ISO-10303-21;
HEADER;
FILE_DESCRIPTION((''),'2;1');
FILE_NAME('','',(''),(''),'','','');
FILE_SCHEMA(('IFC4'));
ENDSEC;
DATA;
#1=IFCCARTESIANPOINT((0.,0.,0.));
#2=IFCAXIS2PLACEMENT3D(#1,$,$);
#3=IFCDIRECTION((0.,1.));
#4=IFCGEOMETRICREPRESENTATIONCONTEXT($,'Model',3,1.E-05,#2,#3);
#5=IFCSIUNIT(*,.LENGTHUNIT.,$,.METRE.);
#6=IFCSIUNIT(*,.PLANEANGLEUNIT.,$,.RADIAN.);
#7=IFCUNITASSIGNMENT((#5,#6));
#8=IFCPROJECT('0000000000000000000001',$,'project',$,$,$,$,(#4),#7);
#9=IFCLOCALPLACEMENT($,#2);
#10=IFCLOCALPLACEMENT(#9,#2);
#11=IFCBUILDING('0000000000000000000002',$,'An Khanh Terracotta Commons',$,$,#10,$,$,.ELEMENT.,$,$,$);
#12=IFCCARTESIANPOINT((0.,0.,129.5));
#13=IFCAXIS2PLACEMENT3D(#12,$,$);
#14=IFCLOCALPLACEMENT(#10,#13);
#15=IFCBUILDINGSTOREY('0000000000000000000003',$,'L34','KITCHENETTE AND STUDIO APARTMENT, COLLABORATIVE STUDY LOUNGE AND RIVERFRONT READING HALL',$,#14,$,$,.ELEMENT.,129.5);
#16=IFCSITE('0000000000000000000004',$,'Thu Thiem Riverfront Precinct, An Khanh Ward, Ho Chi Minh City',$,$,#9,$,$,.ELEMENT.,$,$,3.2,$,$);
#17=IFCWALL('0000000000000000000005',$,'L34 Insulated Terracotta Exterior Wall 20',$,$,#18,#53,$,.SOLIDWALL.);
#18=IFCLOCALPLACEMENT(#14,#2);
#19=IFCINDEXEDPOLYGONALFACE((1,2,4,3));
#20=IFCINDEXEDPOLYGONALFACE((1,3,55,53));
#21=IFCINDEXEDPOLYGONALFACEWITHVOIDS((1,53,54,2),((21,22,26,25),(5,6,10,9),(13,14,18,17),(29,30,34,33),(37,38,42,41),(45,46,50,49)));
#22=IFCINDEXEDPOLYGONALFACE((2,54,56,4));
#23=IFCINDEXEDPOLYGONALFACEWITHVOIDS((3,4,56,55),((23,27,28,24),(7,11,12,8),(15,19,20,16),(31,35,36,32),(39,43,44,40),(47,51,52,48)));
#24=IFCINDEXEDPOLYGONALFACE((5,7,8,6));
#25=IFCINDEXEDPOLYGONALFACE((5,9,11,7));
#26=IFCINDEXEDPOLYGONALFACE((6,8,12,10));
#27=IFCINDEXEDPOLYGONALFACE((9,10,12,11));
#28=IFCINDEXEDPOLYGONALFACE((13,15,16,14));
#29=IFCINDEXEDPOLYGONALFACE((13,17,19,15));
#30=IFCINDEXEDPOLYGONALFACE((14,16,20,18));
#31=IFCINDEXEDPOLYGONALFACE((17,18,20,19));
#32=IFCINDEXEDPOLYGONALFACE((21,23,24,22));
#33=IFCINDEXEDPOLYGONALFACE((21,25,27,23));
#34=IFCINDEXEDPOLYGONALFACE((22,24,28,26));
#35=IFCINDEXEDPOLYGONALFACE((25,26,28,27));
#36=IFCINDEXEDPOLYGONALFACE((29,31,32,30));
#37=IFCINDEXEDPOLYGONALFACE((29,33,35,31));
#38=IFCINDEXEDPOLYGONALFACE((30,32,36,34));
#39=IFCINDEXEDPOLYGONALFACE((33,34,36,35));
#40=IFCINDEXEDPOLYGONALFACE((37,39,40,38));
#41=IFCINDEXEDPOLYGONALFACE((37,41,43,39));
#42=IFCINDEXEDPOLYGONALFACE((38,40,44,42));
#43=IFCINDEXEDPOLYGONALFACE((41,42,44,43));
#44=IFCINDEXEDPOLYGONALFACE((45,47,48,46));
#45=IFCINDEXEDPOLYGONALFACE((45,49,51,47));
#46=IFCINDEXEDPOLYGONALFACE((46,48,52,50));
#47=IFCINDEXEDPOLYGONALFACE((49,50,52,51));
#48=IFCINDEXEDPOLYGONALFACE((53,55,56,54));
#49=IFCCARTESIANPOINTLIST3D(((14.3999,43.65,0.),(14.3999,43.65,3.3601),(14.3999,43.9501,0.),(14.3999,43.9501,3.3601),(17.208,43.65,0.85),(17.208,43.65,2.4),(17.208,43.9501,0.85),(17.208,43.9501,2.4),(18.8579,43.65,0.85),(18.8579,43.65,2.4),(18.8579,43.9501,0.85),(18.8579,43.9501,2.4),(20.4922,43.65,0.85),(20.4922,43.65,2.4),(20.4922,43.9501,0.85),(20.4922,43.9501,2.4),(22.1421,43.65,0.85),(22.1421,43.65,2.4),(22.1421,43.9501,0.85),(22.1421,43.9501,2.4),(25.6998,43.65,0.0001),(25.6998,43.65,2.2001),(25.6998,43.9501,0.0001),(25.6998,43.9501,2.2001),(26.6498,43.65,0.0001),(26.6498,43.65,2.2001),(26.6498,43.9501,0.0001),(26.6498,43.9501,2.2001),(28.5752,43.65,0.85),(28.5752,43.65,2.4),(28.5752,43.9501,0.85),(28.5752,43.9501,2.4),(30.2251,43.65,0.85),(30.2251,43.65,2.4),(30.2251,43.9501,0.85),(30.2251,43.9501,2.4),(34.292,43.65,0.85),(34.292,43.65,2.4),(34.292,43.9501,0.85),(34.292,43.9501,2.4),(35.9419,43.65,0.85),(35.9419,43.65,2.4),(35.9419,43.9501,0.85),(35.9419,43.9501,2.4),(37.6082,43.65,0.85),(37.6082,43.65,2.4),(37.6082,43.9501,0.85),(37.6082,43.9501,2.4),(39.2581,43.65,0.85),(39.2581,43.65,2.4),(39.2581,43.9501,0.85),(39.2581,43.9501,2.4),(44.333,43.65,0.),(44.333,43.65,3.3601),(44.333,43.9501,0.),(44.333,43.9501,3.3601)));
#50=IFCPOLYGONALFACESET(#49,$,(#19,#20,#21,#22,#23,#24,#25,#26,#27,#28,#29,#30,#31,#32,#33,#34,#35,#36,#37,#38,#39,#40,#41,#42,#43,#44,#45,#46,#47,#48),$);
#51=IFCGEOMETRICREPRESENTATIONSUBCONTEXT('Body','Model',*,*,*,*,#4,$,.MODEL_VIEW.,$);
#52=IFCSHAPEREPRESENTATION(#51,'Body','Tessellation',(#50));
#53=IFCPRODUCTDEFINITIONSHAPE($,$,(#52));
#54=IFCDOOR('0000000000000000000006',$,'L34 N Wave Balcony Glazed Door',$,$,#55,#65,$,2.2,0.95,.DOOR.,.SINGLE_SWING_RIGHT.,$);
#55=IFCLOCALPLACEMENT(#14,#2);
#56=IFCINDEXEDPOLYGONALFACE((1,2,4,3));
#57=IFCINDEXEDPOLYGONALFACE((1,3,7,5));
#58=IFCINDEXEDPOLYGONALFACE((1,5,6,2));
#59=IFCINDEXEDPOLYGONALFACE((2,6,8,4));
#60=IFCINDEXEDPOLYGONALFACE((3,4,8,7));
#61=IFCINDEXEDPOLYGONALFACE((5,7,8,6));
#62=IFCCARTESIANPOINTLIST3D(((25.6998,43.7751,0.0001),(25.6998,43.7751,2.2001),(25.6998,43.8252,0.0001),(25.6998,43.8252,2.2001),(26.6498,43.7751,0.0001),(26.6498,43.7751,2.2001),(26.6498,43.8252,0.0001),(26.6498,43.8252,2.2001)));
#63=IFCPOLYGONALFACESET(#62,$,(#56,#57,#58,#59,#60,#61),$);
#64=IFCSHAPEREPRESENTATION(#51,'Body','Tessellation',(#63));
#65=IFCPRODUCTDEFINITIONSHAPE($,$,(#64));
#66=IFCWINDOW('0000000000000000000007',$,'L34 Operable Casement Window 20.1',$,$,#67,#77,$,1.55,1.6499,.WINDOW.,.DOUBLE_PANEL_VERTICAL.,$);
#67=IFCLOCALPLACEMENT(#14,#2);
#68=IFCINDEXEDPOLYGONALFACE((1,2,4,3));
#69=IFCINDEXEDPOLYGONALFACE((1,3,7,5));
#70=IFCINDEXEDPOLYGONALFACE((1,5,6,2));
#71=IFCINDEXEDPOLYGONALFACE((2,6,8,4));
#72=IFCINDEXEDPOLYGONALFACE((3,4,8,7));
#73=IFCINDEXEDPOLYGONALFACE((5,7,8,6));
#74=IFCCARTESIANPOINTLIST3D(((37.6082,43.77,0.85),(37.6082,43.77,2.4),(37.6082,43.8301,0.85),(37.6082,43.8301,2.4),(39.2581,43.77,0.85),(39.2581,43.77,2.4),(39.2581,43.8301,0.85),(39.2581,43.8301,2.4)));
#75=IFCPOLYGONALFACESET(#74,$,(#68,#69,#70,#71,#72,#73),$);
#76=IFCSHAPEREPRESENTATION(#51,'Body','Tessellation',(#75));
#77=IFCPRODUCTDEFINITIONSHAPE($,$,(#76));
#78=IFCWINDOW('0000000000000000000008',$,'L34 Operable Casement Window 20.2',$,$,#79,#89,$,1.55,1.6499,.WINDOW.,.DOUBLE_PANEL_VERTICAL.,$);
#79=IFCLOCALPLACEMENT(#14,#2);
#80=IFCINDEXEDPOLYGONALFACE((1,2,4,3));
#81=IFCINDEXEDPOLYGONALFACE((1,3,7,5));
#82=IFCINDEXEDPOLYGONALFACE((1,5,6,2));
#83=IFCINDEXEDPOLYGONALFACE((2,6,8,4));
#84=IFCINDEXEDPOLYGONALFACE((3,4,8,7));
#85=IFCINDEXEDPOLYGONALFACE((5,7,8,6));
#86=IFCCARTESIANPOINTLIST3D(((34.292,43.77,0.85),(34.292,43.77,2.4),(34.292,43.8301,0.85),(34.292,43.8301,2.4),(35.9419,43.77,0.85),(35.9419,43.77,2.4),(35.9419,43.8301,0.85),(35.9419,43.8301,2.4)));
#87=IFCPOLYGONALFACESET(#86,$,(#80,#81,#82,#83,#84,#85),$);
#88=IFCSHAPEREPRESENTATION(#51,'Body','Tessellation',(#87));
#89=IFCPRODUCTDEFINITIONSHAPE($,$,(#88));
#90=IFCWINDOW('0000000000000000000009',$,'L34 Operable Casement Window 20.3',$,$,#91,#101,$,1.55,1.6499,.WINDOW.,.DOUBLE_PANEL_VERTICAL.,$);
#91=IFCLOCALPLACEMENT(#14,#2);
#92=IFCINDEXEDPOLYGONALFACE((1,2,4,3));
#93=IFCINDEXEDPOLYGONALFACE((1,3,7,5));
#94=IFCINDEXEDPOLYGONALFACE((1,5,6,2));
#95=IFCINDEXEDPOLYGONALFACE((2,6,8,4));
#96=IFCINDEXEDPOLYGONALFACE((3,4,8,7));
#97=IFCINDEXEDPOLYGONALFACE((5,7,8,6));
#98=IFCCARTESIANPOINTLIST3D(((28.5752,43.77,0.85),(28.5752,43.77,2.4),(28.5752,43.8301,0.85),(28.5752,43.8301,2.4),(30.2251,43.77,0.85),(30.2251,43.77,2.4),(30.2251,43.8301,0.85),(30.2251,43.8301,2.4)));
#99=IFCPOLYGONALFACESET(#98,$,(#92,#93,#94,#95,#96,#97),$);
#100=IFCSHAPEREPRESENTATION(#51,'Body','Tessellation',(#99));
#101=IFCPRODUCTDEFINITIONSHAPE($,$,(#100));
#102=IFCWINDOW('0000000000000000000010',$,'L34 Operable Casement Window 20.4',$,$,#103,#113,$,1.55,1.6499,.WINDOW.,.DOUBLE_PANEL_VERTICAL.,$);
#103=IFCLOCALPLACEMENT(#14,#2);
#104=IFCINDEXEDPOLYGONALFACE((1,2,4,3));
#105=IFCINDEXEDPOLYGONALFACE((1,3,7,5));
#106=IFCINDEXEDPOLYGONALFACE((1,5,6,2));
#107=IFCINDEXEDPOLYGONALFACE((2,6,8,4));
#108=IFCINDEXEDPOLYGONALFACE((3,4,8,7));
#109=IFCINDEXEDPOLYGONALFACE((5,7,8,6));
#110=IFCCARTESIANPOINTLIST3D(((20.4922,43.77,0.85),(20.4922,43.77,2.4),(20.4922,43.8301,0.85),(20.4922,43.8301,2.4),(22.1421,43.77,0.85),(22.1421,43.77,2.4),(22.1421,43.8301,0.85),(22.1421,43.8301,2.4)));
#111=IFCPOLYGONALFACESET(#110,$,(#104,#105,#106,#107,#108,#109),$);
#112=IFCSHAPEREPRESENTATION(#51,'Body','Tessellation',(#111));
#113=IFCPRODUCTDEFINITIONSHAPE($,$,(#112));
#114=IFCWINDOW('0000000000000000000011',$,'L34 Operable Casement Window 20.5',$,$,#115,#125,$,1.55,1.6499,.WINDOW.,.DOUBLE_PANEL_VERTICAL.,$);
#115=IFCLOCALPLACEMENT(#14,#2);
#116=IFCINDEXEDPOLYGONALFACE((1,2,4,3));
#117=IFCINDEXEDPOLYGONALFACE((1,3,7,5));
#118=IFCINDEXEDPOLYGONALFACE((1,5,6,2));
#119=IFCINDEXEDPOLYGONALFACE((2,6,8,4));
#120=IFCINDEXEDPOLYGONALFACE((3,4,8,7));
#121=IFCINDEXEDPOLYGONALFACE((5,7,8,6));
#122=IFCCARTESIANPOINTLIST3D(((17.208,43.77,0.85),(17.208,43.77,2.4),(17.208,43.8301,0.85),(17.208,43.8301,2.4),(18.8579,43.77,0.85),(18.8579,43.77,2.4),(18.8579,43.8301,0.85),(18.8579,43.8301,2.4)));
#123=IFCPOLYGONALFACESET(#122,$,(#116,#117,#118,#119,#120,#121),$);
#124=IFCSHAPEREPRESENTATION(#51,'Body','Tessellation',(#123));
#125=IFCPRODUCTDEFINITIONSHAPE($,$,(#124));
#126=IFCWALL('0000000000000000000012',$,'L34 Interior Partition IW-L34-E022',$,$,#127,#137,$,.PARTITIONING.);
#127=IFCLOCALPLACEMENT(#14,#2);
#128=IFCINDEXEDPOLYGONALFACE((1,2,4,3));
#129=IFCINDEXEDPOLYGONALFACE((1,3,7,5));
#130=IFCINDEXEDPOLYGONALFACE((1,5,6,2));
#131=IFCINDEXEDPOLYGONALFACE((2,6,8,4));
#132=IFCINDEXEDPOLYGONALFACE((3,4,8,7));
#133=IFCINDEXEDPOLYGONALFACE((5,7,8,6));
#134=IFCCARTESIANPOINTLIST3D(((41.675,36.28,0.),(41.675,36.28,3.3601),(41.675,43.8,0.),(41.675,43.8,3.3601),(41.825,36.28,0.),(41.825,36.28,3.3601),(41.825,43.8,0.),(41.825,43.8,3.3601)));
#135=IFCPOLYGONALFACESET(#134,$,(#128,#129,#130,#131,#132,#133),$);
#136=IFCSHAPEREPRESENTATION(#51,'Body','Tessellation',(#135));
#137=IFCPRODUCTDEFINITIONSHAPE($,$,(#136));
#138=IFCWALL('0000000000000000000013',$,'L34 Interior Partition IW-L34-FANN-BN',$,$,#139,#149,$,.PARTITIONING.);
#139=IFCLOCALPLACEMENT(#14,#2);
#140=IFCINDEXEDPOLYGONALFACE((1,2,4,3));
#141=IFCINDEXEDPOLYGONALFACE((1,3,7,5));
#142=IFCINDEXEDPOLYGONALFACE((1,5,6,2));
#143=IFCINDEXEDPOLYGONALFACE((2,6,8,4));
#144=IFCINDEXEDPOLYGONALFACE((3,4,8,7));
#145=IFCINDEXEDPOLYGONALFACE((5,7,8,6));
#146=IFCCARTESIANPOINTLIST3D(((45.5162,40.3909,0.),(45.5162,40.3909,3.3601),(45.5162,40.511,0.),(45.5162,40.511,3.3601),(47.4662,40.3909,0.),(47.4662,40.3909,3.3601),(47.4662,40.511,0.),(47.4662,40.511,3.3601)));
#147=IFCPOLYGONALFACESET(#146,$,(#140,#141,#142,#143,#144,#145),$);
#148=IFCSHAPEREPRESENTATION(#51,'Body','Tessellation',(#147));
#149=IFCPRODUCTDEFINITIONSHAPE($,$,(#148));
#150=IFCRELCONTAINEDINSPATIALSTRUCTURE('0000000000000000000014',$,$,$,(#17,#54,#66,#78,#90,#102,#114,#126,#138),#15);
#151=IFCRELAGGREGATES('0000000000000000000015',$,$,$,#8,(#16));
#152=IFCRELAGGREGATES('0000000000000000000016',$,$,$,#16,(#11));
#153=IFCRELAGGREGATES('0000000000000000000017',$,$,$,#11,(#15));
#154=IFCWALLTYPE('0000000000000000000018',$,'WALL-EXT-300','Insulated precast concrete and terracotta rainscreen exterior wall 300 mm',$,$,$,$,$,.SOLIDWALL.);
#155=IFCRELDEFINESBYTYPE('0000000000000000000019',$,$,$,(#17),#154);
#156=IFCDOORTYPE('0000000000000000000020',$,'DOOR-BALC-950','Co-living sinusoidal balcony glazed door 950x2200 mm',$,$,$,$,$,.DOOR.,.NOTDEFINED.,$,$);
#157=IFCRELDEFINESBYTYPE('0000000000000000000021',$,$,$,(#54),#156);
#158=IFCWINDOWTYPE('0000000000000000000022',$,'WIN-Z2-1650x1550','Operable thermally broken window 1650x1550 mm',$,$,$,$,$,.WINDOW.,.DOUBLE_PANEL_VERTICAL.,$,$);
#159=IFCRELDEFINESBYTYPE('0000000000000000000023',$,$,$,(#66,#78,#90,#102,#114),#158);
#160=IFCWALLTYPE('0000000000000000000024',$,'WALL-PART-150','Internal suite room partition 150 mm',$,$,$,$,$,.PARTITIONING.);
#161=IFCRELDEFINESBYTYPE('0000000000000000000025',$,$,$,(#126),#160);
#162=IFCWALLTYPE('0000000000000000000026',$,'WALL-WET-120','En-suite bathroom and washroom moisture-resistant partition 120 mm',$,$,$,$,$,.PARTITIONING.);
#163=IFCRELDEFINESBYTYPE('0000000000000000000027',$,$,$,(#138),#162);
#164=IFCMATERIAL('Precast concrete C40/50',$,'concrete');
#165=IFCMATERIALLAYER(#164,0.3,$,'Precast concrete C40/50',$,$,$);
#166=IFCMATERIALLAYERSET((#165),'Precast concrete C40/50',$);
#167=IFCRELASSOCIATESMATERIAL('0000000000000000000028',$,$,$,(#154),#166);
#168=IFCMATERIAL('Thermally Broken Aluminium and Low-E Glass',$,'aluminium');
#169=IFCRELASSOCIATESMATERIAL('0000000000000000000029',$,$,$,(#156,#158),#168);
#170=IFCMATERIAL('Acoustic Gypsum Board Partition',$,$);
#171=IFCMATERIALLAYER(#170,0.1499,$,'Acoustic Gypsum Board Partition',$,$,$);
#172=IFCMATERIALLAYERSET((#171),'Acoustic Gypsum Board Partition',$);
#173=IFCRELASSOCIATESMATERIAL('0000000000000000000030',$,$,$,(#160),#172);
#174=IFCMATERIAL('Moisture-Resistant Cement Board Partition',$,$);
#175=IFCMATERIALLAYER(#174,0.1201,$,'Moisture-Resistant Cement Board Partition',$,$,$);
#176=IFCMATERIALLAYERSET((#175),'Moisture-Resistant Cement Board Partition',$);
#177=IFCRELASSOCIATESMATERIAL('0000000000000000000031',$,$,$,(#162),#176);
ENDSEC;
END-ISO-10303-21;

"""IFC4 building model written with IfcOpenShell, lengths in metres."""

from ifc_helpers import new_model, si_unit, direction, frame, frame_2d, origin, place, context, subcontext, project, spatial, rectangle, extrude, material, layer, layer_set, type_object, element, fill, save


model = new_model("IFC4")

# Units and contexts
model_context = context("Model", 3, precision=1e-05, world=origin(), true_north=direction((0.0, 1.0)))
body_context = subcontext(model_context, "Body", "Model", "MODEL_VIEW")
ifc_project = project(units=[si_unit("LENGTHUNIT", "METRE"), si_unit("PLANEANGLEUNIT", "RADIAN")], contexts=[model_context])

# Site, building, storey
site_placement = place(None, origin())
site = spatial("IfcSite", under=ifc_project, at=site_placement, Name="Thu Thiem Riverfront Precinct, An Khanh Ward, Ho Chi Minh City", CompositionType="ELEMENT", RefElevation=3.2)
building_placement = place(site_placement, origin())
building = spatial("IfcBuilding", under=site, at=building_placement, Name="An Khanh Terracotta Commons", CompositionType="ELEMENT")
storey_placement = place(building_placement, frame((0.0, 0.0, 129.5)))
storey = spatial("IfcBuildingStorey", under=building, at=storey_placement, Name="L34", Description="KITCHENETTE AND STUDIO APARTMENT, COLLABORATIVE STUDY LOUNGE AND RIVERFRONT READING HALL", CompositionType="ELEMENT", Elevation=129.5)

# Shared definitions
ifc_material_1 = material(Name="Precast concrete C40/50", Category="concrete")
ifc_layer_1 = layer(ifc_material_1, 0.3, Name="Precast concrete C40/50")
ifc_layer_set_1 = layer_set([ifc_layer_1], Name="Precast concrete C40/50")
wall_type_1 = type_object("IfcWallType", Name="WALL-EXT-300", Description="Insulated precast concrete and terracotta rainscreen exterior wall 300 mm", PredefinedType="SOLIDWALL", material=ifc_layer_set_1)

# Wall, openings, door, windows
wall_1_placement = place(storey_placement, frame((44.333, 43.8, 0.0), z_axis=(0.0, 0.0, 1.0), x_axis=(-1.0, 0.0, 0.0)))
wall_1 = element("IfcWall", 1, at=wall_1_placement, inside=storey, type_object=wall_type_1, Name="L34 Insulated Terracotta Exterior Wall 20", PredefinedType="SOLIDWALL", context=body_context, shape_type="SweptSolid", body=[
    extrude(rectangle(XDim=29.9331, YDim=0.3, at=frame_2d((14.9666, 0.0))), origin(), (0.0, 0.0, 1.0), 3.3601),
])
opening_1_placement = place(wall_1_placement, frame((17.6831, 0.0, 0.0)))
opening_1 = element("IfcOpeningElement", 2, at=opening_1_placement, cuts=wall_1, PredefinedType="OPENING", context=body_context, shape_type="SweptSolid", body=[
    extrude(rectangle(XDim=0.95, YDim=2.2, at=frame_2d((0.4751, 1.1001))), frame((0.0, 0.1599, 0.0), z_axis=(0.0, -1.0, 0.0), x_axis=(1.0, 0.0, 0.0)), (0.0, 0.0, 1.0), 0.3201),
])
opening_2_placement = place(wall_1_placement, frame((5.075, 0.0, 0.8501)))
opening_2 = element("IfcOpeningElement", 3, at=opening_2_placement, cuts=wall_1, PredefinedType="OPENING", context=body_context, shape_type="SweptSolid", body=[
    extrude(rectangle(XDim=1.6499, YDim=1.55, at=frame_2d((0.825, 0.7749))), frame((0.0, 0.1599, 0.0), z_axis=(0.0, -1.0, 0.0), x_axis=(1.0, 0.0, 0.0)), (0.0, 0.0, 1.0), 0.3201),
])
opening_3_placement = place(wall_1_placement, frame((8.3911, 0.0, 0.8501)))
opening_3 = element("IfcOpeningElement", 4, at=opening_3_placement, cuts=wall_1, PredefinedType="OPENING", context=body_context, shape_type="SweptSolid", body=[
    extrude(rectangle(XDim=1.6499, YDim=1.55, at=frame_2d((0.825, 0.7749))), frame((0.0, 0.1599, 0.0), z_axis=(0.0, -1.0, 0.0), x_axis=(1.0, 0.0, 0.0)), (0.0, 0.0, 1.0), 0.3201),
])
opening_4_placement = place(wall_1_placement, frame((14.1079, 0.0, 0.8501)))
opening_4 = element("IfcOpeningElement", 5, at=opening_4_placement, cuts=wall_1, PredefinedType="OPENING", context=body_context, shape_type="SweptSolid", body=[
    extrude(rectangle(XDim=1.6499, YDim=1.55, at=frame_2d((0.825, 0.7749))), frame((0.0, 0.1599, 0.0), z_axis=(0.0, -1.0, 0.0), x_axis=(1.0, 0.0, 0.0)), (0.0, 0.0, 1.0), 0.3201),
])
opening_5_placement = place(wall_1_placement, frame((22.1909, 0.0, 0.8501)))
opening_5 = element("IfcOpeningElement", 6, at=opening_5_placement, cuts=wall_1, PredefinedType="OPENING", context=body_context, shape_type="SweptSolid", body=[
    extrude(rectangle(XDim=1.6499, YDim=1.55, at=frame_2d((0.825, 0.7749))), frame((0.0, 0.1599, 0.0), z_axis=(0.0, -1.0, 0.0), x_axis=(1.0, 0.0, 0.0)), (0.0, 0.0, 1.0), 0.3201),
])
opening_6_placement = place(wall_1_placement, frame((25.4751, 0.0, 0.8501)))
opening_6 = element("IfcOpeningElement", 7, at=opening_6_placement, cuts=wall_1, PredefinedType="OPENING", context=body_context, shape_type="SweptSolid", body=[
    extrude(rectangle(XDim=1.6499, YDim=1.55, at=frame_2d((0.825, 0.7749))), frame((0.0, 0.1599, 0.0), z_axis=(0.0, -1.0, 0.0), x_axis=(1.0, 0.0, 0.0)), (0.0, 0.0, 1.0), 0.3201),
])
ifc_material_2 = material(Name="Thermally Broken Aluminium and Low-E Glass", Category="aluminium")
door_type_1 = type_object("IfcDoorType", Name="DOOR-BALC-950", Description="Co-living sinusoidal balcony glazed door 950x2200 mm", OperationType="NOTDEFINED", PredefinedType="DOOR", material=ifc_material_2)
door_1_placement = place(opening_1_placement, origin())
door_1 = element("IfcDoor", 8, at=door_1_placement, inside=storey, type_object=door_type_1, Name="L34 N Wave Balcony Glazed Door", OperationType="SINGLE_SWING_RIGHT", OverallHeight=2.2, OverallWidth=0.95, PredefinedType="DOOR", context=body_context, shape_type="SweptSolid", body=[
    extrude(rectangle(XDim=0.95, YDim=2.2, at=frame_2d((0.4751, 1.1001))), frame((0.0, 0.0249, 0.0), z_axis=(0.0, -1.0, 0.0), x_axis=(1.0, 0.0, 0.0)), (0.0, 0.0, 1.0), 0.05),
])
fill(opening_1, door_1)
window_type = type_object("IfcWindowType", Name="WIN-Z2-1650x1550", Description="Operable thermally broken window 1650x1550 mm", PartitioningType="DOUBLE_PANEL_VERTICAL", PredefinedType="WINDOW", material=ifc_material_2)
window_1_placement = place(opening_2_placement, origin())
window_1 = element("IfcWindow", 9, at=window_1_placement, inside=storey, type_object=window_type, Name="L34 Operable Casement Window 20.1", OverallHeight=1.55, OverallWidth=1.6499, PartitioningType="DOUBLE_PANEL_VERTICAL", PredefinedType="WINDOW", context=body_context, shape_type="SweptSolid", body=[
    extrude(rectangle(XDim=1.6499, YDim=1.55, at=frame_2d((0.825, 0.7749))), frame((0.0, 0.03, 0.0), z_axis=(0.0, -1.0, 0.0), x_axis=(1.0, 0.0, 0.0)), (0.0, 0.0, 1.0), 0.0601),
])
fill(opening_2, window_1)
window_2_placement = place(opening_3_placement, origin())
window_2 = element("IfcWindow", 10, at=window_2_placement, inside=storey, type_object=window_type, Name="L34 Operable Casement Window 20.2", OverallHeight=1.55, OverallWidth=1.6499, PartitioningType="DOUBLE_PANEL_VERTICAL", PredefinedType="WINDOW", context=body_context, shape_type="SweptSolid", body=[
    extrude(rectangle(XDim=1.6499, YDim=1.55, at=frame_2d((0.825, 0.7749))), frame((0.0, 0.03, 0.0), z_axis=(0.0, -1.0, 0.0), x_axis=(1.0, 0.0, 0.0)), (0.0, 0.0, 1.0), 0.0601),
])
fill(opening_3, window_2)
window_3_placement = place(opening_4_placement, origin())
window_3 = element("IfcWindow", 11, at=window_3_placement, inside=storey, type_object=window_type, Name="L34 Operable Casement Window 20.3", OverallHeight=1.55, OverallWidth=1.6499, PartitioningType="DOUBLE_PANEL_VERTICAL", PredefinedType="WINDOW", context=body_context, shape_type="SweptSolid", body=[
    extrude(rectangle(XDim=1.6499, YDim=1.55, at=frame_2d((0.825, 0.7749))), frame((0.0, 0.03, 0.0), z_axis=(0.0, -1.0, 0.0), x_axis=(1.0, 0.0, 0.0)), (0.0, 0.0, 1.0), 0.0601),
])
fill(opening_4, window_3)
window_4_placement = place(opening_5_placement, origin())
window_4 = element("IfcWindow", 12, at=window_4_placement, inside=storey, type_object=window_type, Name="L34 Operable Casement Window 20.4", OverallHeight=1.55, OverallWidth=1.6499, PartitioningType="DOUBLE_PANEL_VERTICAL", PredefinedType="WINDOW", context=body_context, shape_type="SweptSolid", body=[
    extrude(rectangle(XDim=1.6499, YDim=1.55, at=frame_2d((0.825, 0.7749))), frame((0.0, 0.03, 0.0), z_axis=(0.0, -1.0, 0.0), x_axis=(1.0, 0.0, 0.0)), (0.0, 0.0, 1.0), 0.0601),
])
fill(opening_5, window_4)
window_5_placement = place(opening_6_placement, origin())
window_5 = element("IfcWindow", 13, at=window_5_placement, inside=storey, type_object=window_type, Name="L34 Operable Casement Window 20.5", OverallHeight=1.55, OverallWidth=1.6499, PartitioningType="DOUBLE_PANEL_VERTICAL", PredefinedType="WINDOW", context=body_context, shape_type="SweptSolid", body=[
    extrude(rectangle(XDim=1.6499, YDim=1.55, at=frame_2d((0.825, 0.7749))), frame((0.0, 0.03, 0.0), z_axis=(0.0, -1.0, 0.0), x_axis=(1.0, 0.0, 0.0)), (0.0, 0.0, 1.0), 0.0601),
])
fill(opening_6, window_5)

# Walls
ifc_material_3 = material(Name="Acoustic Gypsum Board Partition")
ifc_layer_2 = layer(ifc_material_3, 0.1499, Name="Acoustic Gypsum Board Partition")
ifc_layer_set_2 = layer_set([ifc_layer_2], Name="Acoustic Gypsum Board Partition")
wall_type_2 = type_object("IfcWallType", Name="WALL-PART-150", Description="Internal suite room partition 150 mm", PredefinedType="PARTITIONING", material=ifc_layer_set_2)
wall_2_placement = place(storey_placement, frame((41.75, 36.28, 0.0), z_axis=(0.0, 0.0, 1.0), x_axis=(0.0, 1.0, 0.0)))
element("IfcWall", 14, at=wall_2_placement, inside=storey, type_object=wall_type_2, Name="L34 Interior Partition IW-L34-E022", PredefinedType="PARTITIONING", context=body_context, shape_type="SweptSolid", body=[
    extrude(rectangle(XDim=7.52, YDim=0.1499, at=frame_2d((3.76, 0.0))), origin(), (0.0, 0.0, 1.0), 3.3601),
])
ifc_material_4 = material(Name="Moisture-Resistant Cement Board Partition")
ifc_layer_3 = layer(ifc_material_4, 0.1201, Name="Moisture-Resistant Cement Board Partition")
ifc_layer_set_3 = layer_set([ifc_layer_3], Name="Moisture-Resistant Cement Board Partition")
wall_type_3 = type_object("IfcWallType", Name="WALL-WET-120", Description="En-suite bathroom and washroom moisture-resistant partition 120 mm", PredefinedType="PARTITIONING", material=ifc_layer_set_3)
wall_3_placement = place(storey_placement, frame((45.5161, 40.4509, 0.0), z_axis=(0.0, 0.0, 1.0), x_axis=(1.0, 0.0, 0.0)))
element("IfcWall", 15, at=wall_3_placement, inside=storey, type_object=wall_type_3, Name="L34 Interior Partition IW-L34-FANN-BN", PredefinedType="PARTITIONING", context=body_context, shape_type="SweptSolid", body=[
    extrude(rectangle(XDim=1.95, YDim=0.1201, at=frame_2d((0.9751, 0.0))), origin(), (0.0, 0.0, 1.0), 3.3601),
])

save(model, "model.ifc")
